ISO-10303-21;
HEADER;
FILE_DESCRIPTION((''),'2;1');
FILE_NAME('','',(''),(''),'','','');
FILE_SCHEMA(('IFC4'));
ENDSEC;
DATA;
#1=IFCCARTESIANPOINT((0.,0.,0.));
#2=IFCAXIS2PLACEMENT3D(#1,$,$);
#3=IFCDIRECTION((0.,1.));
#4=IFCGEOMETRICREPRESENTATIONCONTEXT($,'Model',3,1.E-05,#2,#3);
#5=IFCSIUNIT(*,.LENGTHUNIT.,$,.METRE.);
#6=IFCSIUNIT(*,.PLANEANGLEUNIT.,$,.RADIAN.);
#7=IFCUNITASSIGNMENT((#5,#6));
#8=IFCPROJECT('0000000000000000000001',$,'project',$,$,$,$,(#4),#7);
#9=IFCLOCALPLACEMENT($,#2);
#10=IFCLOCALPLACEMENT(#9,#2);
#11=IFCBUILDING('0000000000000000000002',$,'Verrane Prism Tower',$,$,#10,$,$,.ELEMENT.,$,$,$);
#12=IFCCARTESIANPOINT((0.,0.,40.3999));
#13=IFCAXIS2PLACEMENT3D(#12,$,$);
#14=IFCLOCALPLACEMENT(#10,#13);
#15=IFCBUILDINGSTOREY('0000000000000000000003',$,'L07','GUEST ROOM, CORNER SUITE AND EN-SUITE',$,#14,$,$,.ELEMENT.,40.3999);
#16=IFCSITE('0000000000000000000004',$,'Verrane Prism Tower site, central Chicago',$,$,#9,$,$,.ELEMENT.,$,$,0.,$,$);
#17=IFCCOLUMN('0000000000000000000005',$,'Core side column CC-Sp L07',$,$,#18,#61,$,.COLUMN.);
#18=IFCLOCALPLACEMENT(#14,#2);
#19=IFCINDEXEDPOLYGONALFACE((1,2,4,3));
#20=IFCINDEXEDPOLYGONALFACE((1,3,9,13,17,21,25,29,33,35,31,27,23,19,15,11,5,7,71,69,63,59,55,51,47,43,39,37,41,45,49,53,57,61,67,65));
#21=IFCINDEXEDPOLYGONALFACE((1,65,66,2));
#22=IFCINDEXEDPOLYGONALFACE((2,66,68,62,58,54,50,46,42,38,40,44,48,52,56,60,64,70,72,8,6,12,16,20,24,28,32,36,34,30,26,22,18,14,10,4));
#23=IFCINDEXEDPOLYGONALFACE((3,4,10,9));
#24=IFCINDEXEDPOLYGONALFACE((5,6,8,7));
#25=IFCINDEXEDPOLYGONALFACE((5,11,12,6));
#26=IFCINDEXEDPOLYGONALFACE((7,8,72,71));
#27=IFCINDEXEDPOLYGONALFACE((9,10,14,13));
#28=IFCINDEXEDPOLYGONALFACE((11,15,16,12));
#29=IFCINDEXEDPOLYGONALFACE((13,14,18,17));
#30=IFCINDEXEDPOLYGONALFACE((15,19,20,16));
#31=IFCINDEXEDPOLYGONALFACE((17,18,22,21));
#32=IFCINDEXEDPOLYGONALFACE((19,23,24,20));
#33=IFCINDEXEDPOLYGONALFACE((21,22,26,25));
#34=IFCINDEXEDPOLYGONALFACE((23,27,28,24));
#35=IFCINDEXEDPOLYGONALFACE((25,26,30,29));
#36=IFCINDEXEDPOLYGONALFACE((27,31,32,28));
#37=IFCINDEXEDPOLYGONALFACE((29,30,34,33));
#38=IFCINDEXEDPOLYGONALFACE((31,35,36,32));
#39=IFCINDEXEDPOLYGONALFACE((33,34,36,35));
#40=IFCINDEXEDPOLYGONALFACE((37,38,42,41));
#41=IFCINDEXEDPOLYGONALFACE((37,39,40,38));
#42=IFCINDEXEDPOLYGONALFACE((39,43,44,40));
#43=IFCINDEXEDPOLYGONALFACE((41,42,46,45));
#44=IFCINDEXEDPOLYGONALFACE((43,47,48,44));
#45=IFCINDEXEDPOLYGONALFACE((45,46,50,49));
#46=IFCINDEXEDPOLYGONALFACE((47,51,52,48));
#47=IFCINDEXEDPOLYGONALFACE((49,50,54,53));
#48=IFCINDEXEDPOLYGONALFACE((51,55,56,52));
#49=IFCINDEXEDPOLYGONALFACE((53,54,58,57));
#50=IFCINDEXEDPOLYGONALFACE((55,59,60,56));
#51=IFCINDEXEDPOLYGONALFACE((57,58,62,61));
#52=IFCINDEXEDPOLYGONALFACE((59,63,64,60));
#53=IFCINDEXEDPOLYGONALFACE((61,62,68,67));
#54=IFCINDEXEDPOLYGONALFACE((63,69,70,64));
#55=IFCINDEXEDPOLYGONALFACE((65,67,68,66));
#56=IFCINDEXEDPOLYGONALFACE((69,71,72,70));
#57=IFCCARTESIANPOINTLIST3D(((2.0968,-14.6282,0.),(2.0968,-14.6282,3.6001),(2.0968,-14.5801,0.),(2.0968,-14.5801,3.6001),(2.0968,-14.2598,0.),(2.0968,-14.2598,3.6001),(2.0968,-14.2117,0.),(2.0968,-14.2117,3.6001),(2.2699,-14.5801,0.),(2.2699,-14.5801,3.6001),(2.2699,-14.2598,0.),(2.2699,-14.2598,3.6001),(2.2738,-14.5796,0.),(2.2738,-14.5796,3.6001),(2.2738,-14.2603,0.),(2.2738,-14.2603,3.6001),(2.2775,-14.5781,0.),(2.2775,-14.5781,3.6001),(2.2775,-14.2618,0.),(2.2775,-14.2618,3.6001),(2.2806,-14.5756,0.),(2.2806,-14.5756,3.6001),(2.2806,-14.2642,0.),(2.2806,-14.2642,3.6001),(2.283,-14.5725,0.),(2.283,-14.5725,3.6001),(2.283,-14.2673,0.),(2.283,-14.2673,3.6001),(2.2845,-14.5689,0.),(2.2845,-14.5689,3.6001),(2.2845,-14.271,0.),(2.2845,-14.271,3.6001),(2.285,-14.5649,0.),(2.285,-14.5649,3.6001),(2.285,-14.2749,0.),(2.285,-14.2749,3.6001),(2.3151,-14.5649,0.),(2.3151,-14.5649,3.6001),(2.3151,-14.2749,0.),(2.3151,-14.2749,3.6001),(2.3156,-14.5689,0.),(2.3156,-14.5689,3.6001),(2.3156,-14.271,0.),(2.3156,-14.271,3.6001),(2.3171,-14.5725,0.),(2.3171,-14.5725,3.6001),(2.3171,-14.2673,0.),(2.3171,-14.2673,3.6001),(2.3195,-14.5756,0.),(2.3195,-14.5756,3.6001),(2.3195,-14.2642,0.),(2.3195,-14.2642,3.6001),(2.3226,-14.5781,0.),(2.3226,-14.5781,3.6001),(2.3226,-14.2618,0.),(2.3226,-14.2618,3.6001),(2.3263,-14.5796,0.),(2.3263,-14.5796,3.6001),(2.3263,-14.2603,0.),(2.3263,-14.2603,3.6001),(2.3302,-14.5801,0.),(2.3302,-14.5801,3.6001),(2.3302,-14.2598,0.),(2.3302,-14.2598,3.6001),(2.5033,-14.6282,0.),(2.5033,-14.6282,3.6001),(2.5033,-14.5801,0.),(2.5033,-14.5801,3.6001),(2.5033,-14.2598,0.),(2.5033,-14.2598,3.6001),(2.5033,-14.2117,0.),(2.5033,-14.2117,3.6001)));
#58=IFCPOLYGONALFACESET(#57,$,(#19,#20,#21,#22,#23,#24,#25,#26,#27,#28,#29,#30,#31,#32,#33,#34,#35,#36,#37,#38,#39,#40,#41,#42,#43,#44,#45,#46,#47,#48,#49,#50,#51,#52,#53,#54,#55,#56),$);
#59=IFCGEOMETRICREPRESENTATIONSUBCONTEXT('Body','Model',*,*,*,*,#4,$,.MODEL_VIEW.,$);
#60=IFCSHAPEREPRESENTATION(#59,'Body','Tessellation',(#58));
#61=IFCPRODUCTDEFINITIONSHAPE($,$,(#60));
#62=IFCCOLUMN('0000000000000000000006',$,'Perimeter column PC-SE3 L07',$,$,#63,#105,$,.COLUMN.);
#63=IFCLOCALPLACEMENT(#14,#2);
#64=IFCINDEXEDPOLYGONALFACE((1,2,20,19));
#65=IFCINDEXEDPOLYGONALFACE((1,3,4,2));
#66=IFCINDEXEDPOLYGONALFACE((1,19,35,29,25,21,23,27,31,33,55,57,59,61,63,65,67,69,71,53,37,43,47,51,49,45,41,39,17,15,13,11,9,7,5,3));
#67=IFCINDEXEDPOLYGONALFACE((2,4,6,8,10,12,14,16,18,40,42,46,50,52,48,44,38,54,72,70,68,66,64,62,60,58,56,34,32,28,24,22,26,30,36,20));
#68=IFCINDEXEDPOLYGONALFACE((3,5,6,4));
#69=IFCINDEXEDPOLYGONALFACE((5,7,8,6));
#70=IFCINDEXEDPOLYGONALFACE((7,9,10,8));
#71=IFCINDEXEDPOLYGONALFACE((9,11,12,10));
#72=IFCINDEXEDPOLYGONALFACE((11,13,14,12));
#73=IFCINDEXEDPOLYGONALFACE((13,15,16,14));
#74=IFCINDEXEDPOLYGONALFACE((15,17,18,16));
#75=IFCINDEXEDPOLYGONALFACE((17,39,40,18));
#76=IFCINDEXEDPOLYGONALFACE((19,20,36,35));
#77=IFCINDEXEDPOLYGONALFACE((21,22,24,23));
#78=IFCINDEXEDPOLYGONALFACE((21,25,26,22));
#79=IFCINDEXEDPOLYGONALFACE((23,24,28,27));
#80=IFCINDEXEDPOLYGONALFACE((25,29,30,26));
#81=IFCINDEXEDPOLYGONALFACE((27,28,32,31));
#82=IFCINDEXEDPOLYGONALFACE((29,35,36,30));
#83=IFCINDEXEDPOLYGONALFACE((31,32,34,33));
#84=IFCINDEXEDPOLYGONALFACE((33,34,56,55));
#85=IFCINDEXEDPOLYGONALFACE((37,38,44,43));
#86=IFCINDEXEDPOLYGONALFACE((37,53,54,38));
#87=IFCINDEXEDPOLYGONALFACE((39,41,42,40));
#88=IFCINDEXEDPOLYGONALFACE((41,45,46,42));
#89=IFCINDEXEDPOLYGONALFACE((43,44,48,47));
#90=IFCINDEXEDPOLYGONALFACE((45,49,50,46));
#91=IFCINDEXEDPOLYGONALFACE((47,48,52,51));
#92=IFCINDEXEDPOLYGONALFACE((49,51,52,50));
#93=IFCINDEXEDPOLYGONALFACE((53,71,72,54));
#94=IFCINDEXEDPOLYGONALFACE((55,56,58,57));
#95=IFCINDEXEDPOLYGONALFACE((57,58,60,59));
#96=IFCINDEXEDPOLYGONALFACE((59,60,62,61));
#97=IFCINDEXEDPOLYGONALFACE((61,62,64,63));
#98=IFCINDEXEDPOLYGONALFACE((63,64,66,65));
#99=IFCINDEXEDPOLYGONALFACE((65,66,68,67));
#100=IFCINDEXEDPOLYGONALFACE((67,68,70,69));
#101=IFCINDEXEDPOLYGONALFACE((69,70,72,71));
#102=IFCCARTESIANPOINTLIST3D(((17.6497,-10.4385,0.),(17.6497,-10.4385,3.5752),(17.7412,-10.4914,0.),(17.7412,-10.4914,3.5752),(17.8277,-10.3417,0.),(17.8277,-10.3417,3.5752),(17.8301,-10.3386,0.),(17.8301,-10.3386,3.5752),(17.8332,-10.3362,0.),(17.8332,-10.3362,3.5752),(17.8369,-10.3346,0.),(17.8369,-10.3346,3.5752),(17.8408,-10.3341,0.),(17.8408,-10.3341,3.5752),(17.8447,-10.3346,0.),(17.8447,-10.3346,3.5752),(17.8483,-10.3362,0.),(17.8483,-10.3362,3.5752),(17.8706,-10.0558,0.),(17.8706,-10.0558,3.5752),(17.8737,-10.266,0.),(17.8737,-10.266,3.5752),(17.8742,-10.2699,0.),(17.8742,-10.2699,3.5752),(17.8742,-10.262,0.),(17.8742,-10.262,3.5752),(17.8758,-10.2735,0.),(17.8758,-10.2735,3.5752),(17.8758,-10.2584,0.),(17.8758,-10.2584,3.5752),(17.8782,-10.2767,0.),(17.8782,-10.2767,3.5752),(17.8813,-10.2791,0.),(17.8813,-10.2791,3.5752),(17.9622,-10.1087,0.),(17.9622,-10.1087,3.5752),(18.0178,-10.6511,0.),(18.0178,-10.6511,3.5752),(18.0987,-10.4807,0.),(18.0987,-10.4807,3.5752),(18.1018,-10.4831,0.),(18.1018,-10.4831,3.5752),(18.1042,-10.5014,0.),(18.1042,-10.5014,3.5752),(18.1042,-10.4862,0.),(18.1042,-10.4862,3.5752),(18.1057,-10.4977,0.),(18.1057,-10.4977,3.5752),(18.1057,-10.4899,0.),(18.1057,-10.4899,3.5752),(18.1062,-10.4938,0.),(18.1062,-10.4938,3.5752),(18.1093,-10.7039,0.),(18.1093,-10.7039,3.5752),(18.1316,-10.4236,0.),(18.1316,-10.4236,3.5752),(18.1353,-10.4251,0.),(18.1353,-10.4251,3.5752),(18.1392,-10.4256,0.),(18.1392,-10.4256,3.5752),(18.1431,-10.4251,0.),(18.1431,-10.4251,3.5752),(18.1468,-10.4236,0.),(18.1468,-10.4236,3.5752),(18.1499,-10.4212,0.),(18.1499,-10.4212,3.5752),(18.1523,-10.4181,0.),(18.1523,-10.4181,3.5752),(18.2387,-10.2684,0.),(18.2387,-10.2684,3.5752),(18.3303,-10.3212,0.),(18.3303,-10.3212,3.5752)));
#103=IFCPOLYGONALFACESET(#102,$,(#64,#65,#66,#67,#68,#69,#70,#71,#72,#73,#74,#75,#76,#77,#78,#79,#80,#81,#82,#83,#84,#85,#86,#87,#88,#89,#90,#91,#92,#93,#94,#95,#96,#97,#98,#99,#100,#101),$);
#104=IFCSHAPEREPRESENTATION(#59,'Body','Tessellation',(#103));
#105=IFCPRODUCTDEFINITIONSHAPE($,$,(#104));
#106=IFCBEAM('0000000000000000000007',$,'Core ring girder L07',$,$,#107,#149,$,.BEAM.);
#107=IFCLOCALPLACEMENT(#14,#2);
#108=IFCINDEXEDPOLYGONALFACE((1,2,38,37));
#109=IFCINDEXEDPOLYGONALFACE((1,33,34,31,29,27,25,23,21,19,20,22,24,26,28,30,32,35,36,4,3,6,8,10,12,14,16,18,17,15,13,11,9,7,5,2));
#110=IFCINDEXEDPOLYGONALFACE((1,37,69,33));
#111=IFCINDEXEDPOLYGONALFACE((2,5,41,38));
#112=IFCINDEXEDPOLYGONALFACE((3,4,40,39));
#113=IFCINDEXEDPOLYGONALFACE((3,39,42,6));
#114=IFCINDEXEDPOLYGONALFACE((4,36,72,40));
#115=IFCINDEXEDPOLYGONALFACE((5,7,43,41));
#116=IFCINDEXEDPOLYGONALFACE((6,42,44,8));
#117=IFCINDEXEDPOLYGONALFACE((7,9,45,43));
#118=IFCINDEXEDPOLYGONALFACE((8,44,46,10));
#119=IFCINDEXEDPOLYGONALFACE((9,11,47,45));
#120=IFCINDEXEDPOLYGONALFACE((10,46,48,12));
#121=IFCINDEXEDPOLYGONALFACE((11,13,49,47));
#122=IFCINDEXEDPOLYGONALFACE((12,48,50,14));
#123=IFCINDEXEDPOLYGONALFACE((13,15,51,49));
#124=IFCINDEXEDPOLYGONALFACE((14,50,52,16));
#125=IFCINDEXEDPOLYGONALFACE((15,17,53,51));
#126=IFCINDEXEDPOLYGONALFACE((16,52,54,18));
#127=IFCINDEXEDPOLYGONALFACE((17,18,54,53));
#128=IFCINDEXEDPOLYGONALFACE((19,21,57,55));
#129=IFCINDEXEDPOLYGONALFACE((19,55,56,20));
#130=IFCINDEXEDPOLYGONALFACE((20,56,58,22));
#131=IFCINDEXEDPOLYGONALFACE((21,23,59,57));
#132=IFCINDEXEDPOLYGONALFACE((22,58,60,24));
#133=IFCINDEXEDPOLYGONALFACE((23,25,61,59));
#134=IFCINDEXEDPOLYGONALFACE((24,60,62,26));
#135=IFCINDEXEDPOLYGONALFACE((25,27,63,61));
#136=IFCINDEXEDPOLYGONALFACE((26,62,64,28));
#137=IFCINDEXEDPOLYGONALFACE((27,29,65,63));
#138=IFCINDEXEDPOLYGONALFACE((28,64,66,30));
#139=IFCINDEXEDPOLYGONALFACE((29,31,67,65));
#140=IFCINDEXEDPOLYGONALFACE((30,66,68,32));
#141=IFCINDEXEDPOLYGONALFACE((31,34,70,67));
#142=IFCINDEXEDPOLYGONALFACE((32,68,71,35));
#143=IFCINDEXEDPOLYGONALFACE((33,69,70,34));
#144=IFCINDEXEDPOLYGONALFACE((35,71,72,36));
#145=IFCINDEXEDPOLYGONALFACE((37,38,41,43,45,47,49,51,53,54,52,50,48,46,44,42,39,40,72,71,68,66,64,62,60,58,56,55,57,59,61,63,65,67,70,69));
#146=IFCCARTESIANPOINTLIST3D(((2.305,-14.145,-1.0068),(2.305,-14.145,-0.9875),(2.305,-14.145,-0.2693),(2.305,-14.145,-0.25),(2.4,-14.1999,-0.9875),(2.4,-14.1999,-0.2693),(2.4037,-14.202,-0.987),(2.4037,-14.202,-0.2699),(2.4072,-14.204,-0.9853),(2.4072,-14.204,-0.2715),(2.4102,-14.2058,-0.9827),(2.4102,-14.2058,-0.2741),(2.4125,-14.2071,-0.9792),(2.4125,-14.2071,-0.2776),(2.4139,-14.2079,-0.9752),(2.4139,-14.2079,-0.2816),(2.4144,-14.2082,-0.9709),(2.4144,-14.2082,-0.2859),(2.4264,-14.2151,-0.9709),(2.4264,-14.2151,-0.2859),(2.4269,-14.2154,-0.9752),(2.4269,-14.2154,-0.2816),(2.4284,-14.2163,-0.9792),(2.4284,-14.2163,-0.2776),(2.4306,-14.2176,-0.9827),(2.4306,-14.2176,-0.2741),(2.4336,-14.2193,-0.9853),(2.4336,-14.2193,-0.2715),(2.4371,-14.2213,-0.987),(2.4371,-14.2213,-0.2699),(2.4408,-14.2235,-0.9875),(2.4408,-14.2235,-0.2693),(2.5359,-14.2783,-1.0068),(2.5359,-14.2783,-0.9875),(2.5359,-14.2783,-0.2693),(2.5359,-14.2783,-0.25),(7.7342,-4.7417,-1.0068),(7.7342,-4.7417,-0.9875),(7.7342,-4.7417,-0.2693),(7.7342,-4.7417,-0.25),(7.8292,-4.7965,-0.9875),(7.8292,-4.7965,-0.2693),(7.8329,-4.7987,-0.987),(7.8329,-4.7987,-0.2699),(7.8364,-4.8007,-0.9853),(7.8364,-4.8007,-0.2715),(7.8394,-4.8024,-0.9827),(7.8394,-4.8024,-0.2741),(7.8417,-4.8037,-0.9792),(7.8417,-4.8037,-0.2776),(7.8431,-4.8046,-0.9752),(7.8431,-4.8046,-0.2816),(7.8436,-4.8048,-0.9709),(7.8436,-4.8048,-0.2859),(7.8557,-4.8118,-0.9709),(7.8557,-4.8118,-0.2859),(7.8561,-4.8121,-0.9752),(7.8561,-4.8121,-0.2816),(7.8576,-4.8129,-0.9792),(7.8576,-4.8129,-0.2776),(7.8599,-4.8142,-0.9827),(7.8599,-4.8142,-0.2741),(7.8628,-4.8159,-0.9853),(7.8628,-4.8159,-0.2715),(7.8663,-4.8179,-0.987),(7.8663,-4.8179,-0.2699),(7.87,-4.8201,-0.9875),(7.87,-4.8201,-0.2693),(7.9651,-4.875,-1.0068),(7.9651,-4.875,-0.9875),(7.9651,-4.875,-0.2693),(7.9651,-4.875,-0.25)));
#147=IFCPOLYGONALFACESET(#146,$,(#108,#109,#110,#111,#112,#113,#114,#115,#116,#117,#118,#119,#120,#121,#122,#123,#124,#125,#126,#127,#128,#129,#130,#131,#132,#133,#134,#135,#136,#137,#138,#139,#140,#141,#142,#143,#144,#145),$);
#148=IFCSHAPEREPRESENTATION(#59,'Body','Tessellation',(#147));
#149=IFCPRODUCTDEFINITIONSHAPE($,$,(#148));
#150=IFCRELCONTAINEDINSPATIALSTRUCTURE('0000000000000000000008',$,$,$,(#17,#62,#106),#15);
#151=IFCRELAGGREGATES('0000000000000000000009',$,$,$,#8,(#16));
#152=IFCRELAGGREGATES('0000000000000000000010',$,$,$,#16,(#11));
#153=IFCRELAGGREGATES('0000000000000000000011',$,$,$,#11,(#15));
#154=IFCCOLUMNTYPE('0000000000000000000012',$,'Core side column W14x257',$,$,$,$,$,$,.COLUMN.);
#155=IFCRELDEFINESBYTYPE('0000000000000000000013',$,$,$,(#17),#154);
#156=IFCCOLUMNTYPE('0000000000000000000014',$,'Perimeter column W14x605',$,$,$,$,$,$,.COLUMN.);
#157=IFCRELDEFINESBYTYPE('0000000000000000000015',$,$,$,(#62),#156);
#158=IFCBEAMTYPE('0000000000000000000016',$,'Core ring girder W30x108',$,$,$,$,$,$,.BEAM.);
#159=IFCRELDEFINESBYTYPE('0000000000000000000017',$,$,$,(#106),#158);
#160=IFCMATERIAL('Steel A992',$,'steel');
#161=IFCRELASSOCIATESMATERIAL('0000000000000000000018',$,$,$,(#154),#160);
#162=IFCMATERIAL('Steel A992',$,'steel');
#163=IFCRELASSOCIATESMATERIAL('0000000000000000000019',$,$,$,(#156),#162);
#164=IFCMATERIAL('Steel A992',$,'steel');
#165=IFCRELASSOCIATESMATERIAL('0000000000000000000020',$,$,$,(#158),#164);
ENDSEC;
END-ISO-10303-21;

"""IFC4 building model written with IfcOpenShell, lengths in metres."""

from ifc_helpers import new_model, si_unit, direction, frame, origin, origin_2d, place, context, subcontext, project, spatial, i_section, extrude, material, material_profile, profile_set, type_object, element, save


model = new_model("IFC4")

# Units and contexts
model_context = context("Model", 3, precision=1e-05, world=origin(), true_north=direction((0.0, 1.0)))
body_context = subcontext(model_context, "Body", "Model", "MODEL_VIEW")
ifc_project = project(units=[si_unit("LENGTHUNIT", "METRE"), si_unit("PLANEANGLEUNIT", "RADIAN")], contexts=[model_context])

# Site, building, storey
site_placement = place(None, origin())
site = spatial("IfcSite", under=ifc_project, at=site_placement, Name="Verrane Prism Tower site, central Chicago", CompositionType="ELEMENT", RefElevation=0.0)
building_placement = place(site_placement, origin())
building = spatial("IfcBuilding", under=site, at=building_placement, Name="Verrane Prism Tower", CompositionType="ELEMENT")
storey_placement = place(building_placement, frame((0.0, 0.0, 40.3999)))
storey = spatial("IfcBuildingStorey", under=building, at=storey_placement, Name="L07", Description="GUEST ROOM, CORNER SUITE AND EN-SUITE", CompositionType="ELEMENT", Elevation=40.3999)

# Columns
ifc_material_1 = material(Name="Steel A992", Category="steel")
ifc_material_profile_1 = material_profile(ifc_material_1, i_section(OverallWidth=0.4065, OverallDepth=0.4165, WebThickness=0.03, FlangeThickness=0.0481, FilletRadius=0.0151, at=origin_2d()), Name="W14x257")
ifc_profile_set_1 = profile_set([ifc_material_profile_1], Name="Steel A992")
column_type_1 = type_object("IfcColumnType", Name="Core side column W14x257", PredefinedType="COLUMN", material=ifc_profile_set_1)
column_1_placement = place(storey_placement, frame((2.3, -14.4199, 0.0), z_axis=(0.0, 0.0, 1.0), x_axis=(1.0, 0.0, 0.0)))
element("IfcColumn", 1, at=column_1_placement, inside=storey, type_object=column_type_1, Name="Core side column CC-Sp L07", PredefinedType="COLUMN", context=body_context, shape_type="SweptSolid", body=[
    extrude(i_section(OverallWidth=0.4065, OverallDepth=0.4165, WebThickness=0.03, FlangeThickness=0.0481, FilletRadius=0.0151, at=origin_2d()), origin(), (0.0, 0.0, 1.0), 3.6001),
])
ifc_material_2 = material(Name="Steel A992", Category="steel")
ifc_material_profile_2 = material_profile(ifc_material_2, i_section(OverallWidth=0.4419, OverallDepth=0.5308, WebThickness=0.0659, FlangeThickness=0.1057, FilletRadius=0.0151, at=origin_2d()), Name="W14x605")
ifc_profile_set_2 = profile_set([ifc_material_profile_2], Name="Steel A992")
column_type_2 = type_object("IfcColumnType", Name="Perimeter column W14x605", PredefinedType="COLUMN", material=ifc_profile_set_2)
column_2_placement = place(storey_placement, frame((17.99, -10.3799, 0.0), z_axis=(0.0, 0.0, 1.0), x_axis=(-0.5, -0.866025, 0.0)))
element("IfcColumn", 2, at=column_2_placement, inside=storey, type_object=column_type_2, Name="Perimeter column PC-SE3 L07", PredefinedType="COLUMN", context=body_context, shape_type="SweptSolid", body=[
    extrude(i_section(OverallWidth=0.4419, OverallDepth=0.5308, WebThickness=0.0659, FlangeThickness=0.1057, FilletRadius=0.0151, at=origin_2d()), origin(), (0.0, 0.0, 1.0), 3.5752),
])

# Beam
ifc_material_3 = material(Name="Steel A992", Category="steel")
ifc_material_profile_3 = material_profile(ifc_material_3, i_section(OverallWidth=0.2666, OverallDepth=0.7568, WebThickness=0.0139, FlangeThickness=0.0193, FilletRadius=0.0166, at=origin_2d()), Name="W30x108")
ifc_profile_set_3 = profile_set([ifc_material_profile_3], Name="Steel A992")
beam_type_1 = type_object("IfcBeamType", Name="Core ring girder W30x108", PredefinedType="BEAM", material=ifc_profile_set_3)
beam_1_placement = place(storey_placement, frame((2.4204, -14.2117, -0.6284), z_axis=(0.500013, 0.866018, 0.0), x_axis=(-0.866018, 0.500013, 0.0)))
element("IfcBeam", 3, at=beam_1_placement, inside=storey, type_object=beam_type_1, Name="Core ring girder L07", PredefinedType="BEAM", context=body_context, shape_type="SweptSolid", body=[
    extrude(i_section(OverallWidth=0.2666, OverallDepth=0.7568, WebThickness=0.0139, FlangeThickness=0.0193, FilletRadius=0.0166, at=origin_2d()), origin(), (0.0, 0.0, 1.0), 10.8582),
])

save(model, "model.ifc")
